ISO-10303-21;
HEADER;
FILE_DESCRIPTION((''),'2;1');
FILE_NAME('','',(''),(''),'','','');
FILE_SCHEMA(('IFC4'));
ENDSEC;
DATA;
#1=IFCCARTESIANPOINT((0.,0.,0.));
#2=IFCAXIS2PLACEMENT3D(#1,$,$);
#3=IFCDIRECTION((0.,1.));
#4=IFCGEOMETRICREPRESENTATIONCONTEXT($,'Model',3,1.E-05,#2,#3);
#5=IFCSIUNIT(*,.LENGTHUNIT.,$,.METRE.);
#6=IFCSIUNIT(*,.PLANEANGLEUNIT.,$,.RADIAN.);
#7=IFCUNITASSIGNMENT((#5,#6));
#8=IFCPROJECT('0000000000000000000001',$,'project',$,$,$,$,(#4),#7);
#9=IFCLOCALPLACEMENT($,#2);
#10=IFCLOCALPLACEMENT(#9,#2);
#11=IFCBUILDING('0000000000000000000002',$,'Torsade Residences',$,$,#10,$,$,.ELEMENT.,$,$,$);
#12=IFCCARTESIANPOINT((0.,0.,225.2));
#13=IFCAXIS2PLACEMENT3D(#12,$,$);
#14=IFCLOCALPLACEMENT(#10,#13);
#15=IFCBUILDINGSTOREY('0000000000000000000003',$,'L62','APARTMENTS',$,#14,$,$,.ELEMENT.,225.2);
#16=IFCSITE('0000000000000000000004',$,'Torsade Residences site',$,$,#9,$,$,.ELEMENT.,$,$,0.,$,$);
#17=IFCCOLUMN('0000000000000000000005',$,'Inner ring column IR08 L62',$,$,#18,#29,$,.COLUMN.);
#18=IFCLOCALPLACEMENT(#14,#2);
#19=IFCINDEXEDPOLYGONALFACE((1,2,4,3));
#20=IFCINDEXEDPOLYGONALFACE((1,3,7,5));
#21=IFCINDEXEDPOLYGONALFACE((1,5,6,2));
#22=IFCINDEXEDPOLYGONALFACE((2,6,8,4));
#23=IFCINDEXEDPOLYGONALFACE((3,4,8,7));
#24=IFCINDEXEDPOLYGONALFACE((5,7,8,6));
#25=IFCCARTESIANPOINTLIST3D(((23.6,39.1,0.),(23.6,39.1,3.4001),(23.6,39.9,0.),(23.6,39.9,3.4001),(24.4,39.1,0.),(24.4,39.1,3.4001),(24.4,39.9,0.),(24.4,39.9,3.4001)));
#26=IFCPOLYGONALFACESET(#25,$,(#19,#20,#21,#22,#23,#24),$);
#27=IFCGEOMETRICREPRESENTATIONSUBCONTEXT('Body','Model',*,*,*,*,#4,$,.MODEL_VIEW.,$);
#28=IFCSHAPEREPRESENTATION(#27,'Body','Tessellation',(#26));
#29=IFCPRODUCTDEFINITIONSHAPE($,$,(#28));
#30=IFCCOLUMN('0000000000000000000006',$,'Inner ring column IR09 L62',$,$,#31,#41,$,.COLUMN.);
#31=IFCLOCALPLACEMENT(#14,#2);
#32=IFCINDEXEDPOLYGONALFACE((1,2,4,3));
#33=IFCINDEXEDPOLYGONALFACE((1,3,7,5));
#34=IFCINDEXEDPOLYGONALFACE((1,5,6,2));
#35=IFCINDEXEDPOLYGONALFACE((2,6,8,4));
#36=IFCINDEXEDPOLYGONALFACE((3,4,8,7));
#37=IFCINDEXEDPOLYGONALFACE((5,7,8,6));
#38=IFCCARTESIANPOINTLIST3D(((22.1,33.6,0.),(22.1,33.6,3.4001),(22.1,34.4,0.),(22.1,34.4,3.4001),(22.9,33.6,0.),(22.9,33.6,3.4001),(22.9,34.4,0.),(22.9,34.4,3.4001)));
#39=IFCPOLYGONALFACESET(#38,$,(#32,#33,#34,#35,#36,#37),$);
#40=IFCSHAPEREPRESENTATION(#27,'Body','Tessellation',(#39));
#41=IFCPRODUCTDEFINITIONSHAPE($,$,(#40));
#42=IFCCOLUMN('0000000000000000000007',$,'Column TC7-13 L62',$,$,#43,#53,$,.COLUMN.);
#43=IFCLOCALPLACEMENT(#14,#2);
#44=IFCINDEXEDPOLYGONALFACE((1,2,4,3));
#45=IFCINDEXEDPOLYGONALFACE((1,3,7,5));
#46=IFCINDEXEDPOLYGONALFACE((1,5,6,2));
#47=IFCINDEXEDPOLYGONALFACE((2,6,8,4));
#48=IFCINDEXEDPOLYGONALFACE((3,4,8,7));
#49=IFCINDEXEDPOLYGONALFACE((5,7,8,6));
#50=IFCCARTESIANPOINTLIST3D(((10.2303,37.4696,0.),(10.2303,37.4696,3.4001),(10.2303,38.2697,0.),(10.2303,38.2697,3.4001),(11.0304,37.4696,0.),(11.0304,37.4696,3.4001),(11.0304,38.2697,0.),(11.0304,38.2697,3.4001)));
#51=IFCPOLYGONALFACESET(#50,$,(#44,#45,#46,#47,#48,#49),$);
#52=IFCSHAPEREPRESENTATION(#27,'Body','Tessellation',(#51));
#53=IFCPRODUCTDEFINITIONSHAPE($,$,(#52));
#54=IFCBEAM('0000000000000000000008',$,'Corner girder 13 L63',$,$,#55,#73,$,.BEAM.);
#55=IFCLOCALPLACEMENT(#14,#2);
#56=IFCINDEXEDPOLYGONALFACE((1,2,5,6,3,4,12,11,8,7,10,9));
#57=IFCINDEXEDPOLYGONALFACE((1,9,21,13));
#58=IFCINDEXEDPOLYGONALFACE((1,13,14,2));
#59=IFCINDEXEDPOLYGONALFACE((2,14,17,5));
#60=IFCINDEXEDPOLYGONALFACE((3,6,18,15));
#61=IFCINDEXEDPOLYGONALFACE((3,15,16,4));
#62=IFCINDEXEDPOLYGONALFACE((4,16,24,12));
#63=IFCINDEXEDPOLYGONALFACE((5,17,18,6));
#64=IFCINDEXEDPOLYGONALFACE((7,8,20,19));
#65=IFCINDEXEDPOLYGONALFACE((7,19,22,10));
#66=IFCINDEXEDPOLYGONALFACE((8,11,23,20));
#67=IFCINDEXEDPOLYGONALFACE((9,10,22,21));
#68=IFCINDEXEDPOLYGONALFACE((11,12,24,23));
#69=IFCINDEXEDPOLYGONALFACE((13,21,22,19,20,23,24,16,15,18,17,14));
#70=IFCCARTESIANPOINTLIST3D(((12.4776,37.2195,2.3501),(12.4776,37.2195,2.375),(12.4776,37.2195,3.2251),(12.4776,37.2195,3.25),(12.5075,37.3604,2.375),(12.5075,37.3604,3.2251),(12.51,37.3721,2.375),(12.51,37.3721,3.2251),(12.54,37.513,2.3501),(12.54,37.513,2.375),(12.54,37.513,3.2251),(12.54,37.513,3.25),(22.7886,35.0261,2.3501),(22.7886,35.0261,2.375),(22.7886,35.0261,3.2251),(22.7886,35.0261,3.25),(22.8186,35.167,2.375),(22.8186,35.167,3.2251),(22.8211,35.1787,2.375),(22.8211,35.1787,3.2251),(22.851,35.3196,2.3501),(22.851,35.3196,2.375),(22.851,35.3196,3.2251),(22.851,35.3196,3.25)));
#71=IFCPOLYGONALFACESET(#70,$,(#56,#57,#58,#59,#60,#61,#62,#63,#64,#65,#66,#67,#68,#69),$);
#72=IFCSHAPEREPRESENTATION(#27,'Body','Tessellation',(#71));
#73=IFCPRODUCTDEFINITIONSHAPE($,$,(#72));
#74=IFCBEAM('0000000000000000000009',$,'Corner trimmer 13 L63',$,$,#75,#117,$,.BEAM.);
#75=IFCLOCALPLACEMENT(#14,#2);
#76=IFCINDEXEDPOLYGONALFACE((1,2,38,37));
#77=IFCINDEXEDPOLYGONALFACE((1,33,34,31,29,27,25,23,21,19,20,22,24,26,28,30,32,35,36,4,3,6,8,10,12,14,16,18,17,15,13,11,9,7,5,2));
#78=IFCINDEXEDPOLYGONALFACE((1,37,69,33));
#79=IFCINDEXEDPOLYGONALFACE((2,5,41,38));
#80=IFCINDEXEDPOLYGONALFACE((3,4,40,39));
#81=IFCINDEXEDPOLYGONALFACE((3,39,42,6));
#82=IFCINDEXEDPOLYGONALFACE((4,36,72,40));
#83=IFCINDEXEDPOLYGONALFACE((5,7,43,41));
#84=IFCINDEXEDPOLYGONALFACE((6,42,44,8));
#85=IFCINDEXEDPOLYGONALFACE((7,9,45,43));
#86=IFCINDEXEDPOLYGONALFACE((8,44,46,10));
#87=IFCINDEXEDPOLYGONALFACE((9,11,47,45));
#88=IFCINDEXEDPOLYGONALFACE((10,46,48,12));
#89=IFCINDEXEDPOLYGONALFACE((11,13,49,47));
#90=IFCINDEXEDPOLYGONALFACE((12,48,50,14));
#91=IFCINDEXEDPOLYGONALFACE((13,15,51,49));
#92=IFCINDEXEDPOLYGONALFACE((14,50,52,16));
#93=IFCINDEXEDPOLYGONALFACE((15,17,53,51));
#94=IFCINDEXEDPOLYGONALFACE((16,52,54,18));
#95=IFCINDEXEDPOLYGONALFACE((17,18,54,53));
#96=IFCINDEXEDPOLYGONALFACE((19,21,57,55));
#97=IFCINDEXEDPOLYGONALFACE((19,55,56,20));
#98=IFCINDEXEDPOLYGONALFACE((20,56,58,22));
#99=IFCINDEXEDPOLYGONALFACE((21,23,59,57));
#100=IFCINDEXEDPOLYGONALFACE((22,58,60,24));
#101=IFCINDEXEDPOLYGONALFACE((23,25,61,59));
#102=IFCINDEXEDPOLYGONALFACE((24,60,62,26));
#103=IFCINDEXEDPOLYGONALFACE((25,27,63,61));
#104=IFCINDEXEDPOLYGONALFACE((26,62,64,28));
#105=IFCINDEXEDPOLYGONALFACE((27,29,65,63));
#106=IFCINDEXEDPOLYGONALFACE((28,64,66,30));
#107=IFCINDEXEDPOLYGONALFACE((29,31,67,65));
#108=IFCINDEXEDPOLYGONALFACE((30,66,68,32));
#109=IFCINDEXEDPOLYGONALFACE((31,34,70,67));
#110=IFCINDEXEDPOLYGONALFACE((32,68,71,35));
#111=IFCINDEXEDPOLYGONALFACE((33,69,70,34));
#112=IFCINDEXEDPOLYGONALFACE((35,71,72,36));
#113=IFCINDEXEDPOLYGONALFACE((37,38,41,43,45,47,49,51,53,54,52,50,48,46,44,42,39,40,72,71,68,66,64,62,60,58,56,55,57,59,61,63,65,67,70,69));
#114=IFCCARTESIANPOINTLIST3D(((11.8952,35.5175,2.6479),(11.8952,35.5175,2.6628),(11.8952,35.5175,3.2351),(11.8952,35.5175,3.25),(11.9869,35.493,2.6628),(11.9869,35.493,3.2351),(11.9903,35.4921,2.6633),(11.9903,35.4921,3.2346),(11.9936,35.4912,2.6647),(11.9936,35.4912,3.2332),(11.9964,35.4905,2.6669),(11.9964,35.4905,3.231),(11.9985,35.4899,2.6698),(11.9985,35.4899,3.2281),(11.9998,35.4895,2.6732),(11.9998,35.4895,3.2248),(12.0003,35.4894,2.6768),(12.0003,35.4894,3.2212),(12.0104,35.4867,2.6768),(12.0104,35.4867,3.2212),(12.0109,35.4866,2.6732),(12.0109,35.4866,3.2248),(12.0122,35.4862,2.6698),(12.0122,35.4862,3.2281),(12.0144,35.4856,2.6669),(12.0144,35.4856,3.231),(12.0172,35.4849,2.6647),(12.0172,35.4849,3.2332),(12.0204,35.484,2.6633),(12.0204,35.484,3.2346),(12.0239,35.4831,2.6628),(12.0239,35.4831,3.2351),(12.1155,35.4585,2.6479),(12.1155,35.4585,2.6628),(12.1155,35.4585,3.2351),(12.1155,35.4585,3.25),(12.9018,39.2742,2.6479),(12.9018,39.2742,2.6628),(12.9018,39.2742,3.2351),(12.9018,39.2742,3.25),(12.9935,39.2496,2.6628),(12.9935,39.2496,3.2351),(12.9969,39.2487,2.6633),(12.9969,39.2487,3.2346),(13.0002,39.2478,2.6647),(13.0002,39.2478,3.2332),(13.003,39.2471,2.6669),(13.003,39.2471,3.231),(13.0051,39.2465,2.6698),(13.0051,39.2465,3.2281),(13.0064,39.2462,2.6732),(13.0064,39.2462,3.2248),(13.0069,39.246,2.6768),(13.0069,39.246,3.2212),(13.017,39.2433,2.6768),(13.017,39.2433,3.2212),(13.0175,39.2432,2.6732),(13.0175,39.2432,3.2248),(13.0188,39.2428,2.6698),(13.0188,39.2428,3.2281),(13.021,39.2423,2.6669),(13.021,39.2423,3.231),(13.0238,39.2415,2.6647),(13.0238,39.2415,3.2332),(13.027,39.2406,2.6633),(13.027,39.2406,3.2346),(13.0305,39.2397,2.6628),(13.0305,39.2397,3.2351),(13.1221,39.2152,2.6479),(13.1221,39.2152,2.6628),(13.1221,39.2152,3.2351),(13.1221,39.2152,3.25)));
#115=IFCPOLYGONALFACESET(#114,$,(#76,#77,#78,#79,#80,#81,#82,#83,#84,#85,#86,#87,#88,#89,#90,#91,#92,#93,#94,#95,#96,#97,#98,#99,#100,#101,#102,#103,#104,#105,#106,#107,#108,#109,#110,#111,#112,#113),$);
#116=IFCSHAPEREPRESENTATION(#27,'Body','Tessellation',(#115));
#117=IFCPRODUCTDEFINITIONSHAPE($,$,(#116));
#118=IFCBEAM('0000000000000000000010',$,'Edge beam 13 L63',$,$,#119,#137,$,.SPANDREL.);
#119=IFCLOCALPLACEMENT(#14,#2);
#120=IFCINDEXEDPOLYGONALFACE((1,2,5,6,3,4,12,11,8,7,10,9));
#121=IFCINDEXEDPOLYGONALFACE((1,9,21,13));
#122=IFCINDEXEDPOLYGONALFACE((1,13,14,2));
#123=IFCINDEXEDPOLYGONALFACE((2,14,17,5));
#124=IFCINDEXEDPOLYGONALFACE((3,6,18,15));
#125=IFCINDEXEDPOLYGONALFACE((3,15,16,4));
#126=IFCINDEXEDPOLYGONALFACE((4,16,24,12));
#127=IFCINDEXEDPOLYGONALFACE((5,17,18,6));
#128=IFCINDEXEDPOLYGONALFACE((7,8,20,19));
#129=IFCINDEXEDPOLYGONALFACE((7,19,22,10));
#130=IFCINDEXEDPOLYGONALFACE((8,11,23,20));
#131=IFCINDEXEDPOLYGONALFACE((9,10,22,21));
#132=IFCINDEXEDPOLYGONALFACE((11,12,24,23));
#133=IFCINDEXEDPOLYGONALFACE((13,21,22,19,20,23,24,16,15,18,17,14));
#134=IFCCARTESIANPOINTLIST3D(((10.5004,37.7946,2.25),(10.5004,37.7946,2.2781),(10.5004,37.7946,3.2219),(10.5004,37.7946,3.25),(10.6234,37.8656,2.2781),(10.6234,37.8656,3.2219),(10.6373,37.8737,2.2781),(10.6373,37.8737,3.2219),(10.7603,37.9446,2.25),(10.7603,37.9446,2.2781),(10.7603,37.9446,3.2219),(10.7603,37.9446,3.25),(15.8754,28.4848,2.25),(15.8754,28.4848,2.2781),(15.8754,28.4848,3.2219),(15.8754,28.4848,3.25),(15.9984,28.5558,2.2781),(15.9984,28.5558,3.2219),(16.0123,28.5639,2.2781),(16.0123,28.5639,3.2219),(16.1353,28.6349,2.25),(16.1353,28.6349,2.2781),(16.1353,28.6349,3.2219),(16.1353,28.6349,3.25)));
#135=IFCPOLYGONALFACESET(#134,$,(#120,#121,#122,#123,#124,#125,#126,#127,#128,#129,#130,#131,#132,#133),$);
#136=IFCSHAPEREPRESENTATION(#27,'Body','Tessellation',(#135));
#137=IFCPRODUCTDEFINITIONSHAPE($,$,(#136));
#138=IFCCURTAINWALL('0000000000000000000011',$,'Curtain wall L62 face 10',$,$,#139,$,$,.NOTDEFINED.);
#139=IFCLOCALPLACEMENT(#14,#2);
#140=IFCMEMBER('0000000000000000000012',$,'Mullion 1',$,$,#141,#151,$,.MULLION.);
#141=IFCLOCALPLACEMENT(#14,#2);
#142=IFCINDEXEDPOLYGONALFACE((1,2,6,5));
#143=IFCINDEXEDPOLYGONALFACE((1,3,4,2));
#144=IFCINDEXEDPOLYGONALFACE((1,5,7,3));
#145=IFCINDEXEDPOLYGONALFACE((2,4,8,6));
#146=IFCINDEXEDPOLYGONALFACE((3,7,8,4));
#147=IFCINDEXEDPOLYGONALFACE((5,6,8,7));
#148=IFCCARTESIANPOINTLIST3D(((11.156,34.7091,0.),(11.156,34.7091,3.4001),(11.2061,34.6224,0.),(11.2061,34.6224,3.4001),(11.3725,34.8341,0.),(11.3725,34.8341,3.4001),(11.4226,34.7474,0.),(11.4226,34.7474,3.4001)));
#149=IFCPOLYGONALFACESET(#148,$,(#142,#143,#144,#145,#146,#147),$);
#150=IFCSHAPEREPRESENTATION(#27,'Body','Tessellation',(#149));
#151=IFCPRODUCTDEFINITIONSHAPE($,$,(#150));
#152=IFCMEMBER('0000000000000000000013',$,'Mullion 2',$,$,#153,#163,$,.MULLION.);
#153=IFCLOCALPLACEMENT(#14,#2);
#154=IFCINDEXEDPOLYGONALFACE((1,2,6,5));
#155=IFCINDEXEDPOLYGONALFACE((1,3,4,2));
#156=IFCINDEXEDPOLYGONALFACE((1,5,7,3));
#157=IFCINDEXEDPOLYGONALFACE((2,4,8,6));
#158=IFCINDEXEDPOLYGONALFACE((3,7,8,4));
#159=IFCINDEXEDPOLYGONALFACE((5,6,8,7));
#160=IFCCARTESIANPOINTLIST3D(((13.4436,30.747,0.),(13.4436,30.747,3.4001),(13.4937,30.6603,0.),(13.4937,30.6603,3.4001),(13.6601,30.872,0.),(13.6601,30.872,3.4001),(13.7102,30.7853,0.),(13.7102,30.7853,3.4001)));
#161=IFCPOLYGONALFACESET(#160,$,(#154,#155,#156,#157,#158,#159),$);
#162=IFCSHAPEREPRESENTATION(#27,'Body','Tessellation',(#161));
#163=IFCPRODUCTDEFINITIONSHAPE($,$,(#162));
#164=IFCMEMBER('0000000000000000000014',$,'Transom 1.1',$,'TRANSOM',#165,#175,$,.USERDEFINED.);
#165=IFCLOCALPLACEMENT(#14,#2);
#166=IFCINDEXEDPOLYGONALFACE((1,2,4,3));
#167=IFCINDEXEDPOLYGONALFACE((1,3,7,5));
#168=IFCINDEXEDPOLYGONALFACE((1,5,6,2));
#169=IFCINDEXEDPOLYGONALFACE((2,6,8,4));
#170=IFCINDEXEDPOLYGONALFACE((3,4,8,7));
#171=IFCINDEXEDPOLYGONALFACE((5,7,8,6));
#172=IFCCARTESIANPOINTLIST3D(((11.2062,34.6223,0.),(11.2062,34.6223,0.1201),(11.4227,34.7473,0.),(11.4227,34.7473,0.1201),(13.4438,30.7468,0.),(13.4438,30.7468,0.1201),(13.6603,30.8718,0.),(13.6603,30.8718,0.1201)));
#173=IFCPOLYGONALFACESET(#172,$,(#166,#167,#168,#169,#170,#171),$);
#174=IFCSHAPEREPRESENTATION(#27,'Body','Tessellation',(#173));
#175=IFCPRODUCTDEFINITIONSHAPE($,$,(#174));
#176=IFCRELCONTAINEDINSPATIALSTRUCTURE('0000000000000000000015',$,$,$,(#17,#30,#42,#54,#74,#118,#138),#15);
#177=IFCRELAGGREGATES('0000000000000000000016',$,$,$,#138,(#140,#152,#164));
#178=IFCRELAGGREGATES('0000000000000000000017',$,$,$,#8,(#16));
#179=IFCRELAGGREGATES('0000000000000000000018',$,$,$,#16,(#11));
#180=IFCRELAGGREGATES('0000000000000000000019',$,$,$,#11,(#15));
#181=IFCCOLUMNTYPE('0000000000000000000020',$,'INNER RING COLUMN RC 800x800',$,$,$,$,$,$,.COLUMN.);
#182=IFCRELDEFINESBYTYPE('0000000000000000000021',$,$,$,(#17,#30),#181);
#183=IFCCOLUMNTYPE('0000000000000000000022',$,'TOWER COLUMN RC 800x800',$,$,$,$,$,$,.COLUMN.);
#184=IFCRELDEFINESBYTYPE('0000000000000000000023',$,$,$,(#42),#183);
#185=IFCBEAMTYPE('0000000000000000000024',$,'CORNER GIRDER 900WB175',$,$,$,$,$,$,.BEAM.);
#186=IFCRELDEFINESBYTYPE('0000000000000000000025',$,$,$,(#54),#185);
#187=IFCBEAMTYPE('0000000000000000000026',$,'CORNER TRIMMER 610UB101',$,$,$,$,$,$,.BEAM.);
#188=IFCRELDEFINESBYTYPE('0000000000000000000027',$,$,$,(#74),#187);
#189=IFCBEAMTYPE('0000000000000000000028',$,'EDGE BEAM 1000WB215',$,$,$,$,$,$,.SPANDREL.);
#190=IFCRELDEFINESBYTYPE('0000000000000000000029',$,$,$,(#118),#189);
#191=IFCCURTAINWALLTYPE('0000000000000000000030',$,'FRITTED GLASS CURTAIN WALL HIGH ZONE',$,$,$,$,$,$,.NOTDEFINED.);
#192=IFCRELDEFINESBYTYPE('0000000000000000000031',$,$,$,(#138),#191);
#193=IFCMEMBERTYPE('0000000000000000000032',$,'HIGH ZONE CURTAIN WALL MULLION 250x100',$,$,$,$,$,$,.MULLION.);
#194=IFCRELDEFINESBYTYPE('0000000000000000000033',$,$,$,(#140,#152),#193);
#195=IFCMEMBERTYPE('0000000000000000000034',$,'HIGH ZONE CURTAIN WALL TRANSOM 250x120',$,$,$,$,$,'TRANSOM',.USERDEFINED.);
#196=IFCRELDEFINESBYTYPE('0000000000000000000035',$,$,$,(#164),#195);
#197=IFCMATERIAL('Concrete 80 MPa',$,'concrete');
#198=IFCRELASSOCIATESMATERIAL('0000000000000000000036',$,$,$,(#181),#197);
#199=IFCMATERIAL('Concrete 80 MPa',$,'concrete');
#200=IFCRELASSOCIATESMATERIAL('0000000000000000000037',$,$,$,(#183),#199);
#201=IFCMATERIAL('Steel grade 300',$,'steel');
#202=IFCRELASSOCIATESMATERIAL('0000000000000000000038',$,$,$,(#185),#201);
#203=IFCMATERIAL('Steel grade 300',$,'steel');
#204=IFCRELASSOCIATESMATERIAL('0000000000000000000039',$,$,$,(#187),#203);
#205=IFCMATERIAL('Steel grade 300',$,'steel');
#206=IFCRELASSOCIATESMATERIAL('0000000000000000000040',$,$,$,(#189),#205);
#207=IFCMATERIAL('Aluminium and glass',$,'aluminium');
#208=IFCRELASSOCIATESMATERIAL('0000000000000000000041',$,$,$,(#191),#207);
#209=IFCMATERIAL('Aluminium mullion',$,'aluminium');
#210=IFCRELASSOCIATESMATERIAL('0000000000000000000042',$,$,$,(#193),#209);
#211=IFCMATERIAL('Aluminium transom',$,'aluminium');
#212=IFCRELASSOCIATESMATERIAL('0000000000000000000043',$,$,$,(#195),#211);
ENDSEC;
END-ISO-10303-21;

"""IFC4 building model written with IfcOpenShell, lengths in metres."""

from ifc_helpers import new_model, si_unit, direction, frame, origin, origin_2d, place, context, subcontext, project, spatial, rectangle, i_section, extrude, material, material_profile, profile_set, type_object, element, aggregate, save


model = new_model("IFC4")

# Units and contexts
model_context = context("Model", 3, precision=1e-05, world=origin(), true_north=direction((0.0, 1.0)))
body_context = subcontext(model_context, "Body", "Model", "MODEL_VIEW")
ifc_project = project(units=[si_unit("LENGTHUNIT", "METRE"), si_unit("PLANEANGLEUNIT", "RADIAN")], contexts=[model_context])

# Site, building, storey
site_placement = place(None, origin())
site = spatial("IfcSite", under=ifc_project, at=site_placement, Name="Torsade Residences site", CompositionType="ELEMENT", RefElevation=0.0)
building_placement = place(site_placement, origin())
building = spatial("IfcBuilding", under=site, at=building_placement, Name="Torsade Residences", CompositionType="ELEMENT")
storey_placement = place(building_placement, frame((0.0, 0.0, 225.2)))
storey = spatial("IfcBuildingStorey", under=building, at=storey_placement, Name="L62", Description="APARTMENTS", CompositionType="ELEMENT", Elevation=225.2)

# Columns
ifc_material_1 = material(Name="Concrete 80 MPa", Category="concrete")
ifc_material_profile_1 = material_profile(ifc_material_1, rectangle(XDim=0.8, YDim=0.8, at=origin_2d()), Name="RC 800x800")
ifc_profile_set_1 = profile_set([ifc_material_profile_1], Name="Concrete 80 MPa")
column_type_1 = type_object("IfcColumnType", Name="INNER RING COLUMN RC 800x800", PredefinedType="COLUMN", material=ifc_profile_set_1)
for number, where, z_axis, x_axis, name in (
    (1, (24.0, 39.5, 0.0), (0.0, 0.0, 1.0), (1.0, 0.0, 0.0), "Inner ring column IR08 L62"),
    (2, (22.5, 34.0, 0.0), (0.0, 0.0, 1.0), (1.0, 0.0, 0.0), "Inner ring column IR09 L62"),
):
    element("IfcColumn", number, at=place(storey_placement, frame(where, z_axis=z_axis, x_axis=x_axis)), inside=storey, type_object=column_type_1, Name=name, PredefinedType="COLUMN", context=body_context, shape_type="SweptSolid", body=[
        extrude(rectangle(XDim=0.8, YDim=0.8, at=origin_2d()), origin(), (0.0, 0.0, 1.0), 3.4001),
    ])
ifc_material_2 = material(Name="Concrete 80 MPa", Category="concrete")
ifc_material_profile_2 = material_profile(ifc_material_2, rectangle(XDim=0.8, YDim=0.8, at=origin_2d()), Name="RC 800x800")
ifc_profile_set_2 = profile_set([ifc_material_profile_2], Name="Concrete 80 MPa")
column_type_2 = type_object("IfcColumnType", Name="TOWER COLUMN RC 800x800", PredefinedType="COLUMN", material=ifc_profile_set_2)
column_placement = place(storey_placement, frame((10.6304, 37.8696, 0.0), z_axis=(0.0, 0.0, 1.0), x_axis=(1.0, 0.0, 0.0)))
element("IfcColumn", 3, at=column_placement, inside=storey, type_object=column_type_2, Name="Column TC7-13 L62", PredefinedType="COLUMN", context=body_context, shape_type="SweptSolid", body=[
    extrude(rectangle(XDim=0.8, YDim=0.8, at=origin_2d()), origin(), (0.0, 0.0, 1.0), 3.4001),
])

# Beams
ifc_material_3 = material(Name="Steel grade 300", Category="steel")
ifc_material_profile_3 = material_profile(ifc_material_3, i_section(OverallWidth=0.3, OverallDepth=0.8999, WebThickness=0.012, FlangeThickness=0.0249, at=origin_2d()), Name="900WB175")
ifc_profile_set_3 = profile_set([ifc_material_profile_3], Name="Steel grade 300")
beam_type_1 = type_object("IfcBeamType", Name="CORNER GIRDER 900WB175", PredefinedType="BEAM", material=ifc_profile_set_3)
beam_1_placement = place(storey_placement, frame((12.5088, 37.3662, 2.8), z_axis=(0.978115, -0.208064, 0.0), x_axis=(0.208064, 0.978115, 0.0)))
element("IfcBeam", 4, at=beam_1_placement, inside=storey, type_object=beam_type_1, Name="Corner girder 13 L63", PredefinedType="BEAM", context=body_context, shape_type="SweptSolid", body=[
    extrude(i_section(OverallWidth=0.3, OverallDepth=0.8999, WebThickness=0.012, FlangeThickness=0.0249, at=origin_2d()), origin(), (0.0, 0.0, 1.0), 10.5417),
])
ifc_material_4 = material(Name="Steel grade 300", Category="steel")
ifc_material_profile_4 = material_profile(ifc_material_4, i_section(OverallWidth=0.228, OverallDepth=0.6021, WebThickness=0.0105, FlangeThickness=0.0149, FilletRadius=0.0139, at=origin_2d()), Name="610UB101")
ifc_profile_set_4 = profile_set([ifc_material_profile_4], Name="Steel grade 300")
beam_type_2 = type_object("IfcBeamType", Name="CORNER TRIMMER 610UB101", PredefinedType="BEAM", material=ifc_profile_set_4)
beam_2_placement = place(storey_placement, frame((12.0054, 35.488, 2.949), z_axis=(0.258823, 0.965925, 0.0), x_axis=(-0.965925, 0.258823, 0.0)))
element("IfcBeam", 5, at=beam_2_placement, inside=storey, type_object=beam_type_2, Name="Corner trimmer 13 L63", PredefinedType="BEAM", context=body_context, shape_type="SweptSolid", body=[
    extrude(i_section(OverallWidth=0.228, OverallDepth=0.6021, WebThickness=0.0105, FlangeThickness=0.0149, FilletRadius=0.0139, at=origin_2d()), origin(), (0.0, 0.0, 1.0), 3.8892),
])
ifc_material_5 = material(Name="Steel grade 300", Category="steel")
ifc_material_profile_5 = material_profile(ifc_material_5, i_section(OverallWidth=0.3, OverallDepth=1.0, WebThickness=0.0161, FlangeThickness=0.0281, at=origin_2d()), Name="1000WB215")
ifc_profile_set_5 = profile_set([ifc_material_profile_5], Name="Steel grade 300")
beam_type_3 = type_object("IfcBeamType", Name="EDGE BEAM 1000WB215", PredefinedType="SPANDREL", material=ifc_profile_set_5)
beam_3_placement = place(storey_placement, frame((10.6304, 37.8696, 2.75), z_axis=(0.499998, -0.866026, 0.0), x_axis=(0.866026, 0.499998, 0.0)))
element("IfcBeam", 6, at=beam_3_placement, inside=storey, type_object=beam_type_3, Name="Edge beam 13 L63", PredefinedType="SPANDREL", context=body_context, shape_type="SweptSolid", body=[
    extrude(i_section(OverallWidth=0.3, OverallDepth=1.0, WebThickness=0.0161, FlangeThickness=0.0281, at=origin_2d()), origin(), (0.0, 0.0, 1.0), 10.75),
])

# Curtain wall, members
ifc_material_6 = material(Name="Aluminium and glass", Category="aluminium")
curtain_wall_type = type_object("IfcCurtainWallType", Name="FRITTED GLASS CURTAIN WALL HIGH ZONE", PredefinedType="NOTDEFINED", material=ifc_material_6)
curtain_wall_placement = place(storey_placement, origin())
curtain_wall = element("IfcCurtainWall", 7, at=curtain_wall_placement, inside=storey, type_object=curtain_wall_type, Name="Curtain wall L62 face 10", PredefinedType="NOTDEFINED")
ifc_material_7 = material(Name="Aluminium mullion", Category="aluminium")
ifc_material_profile_6 = material_profile(ifc_material_7, rectangle(XDim=0.25, YDim=0.1001, at=origin_2d()), Name="HIGH ZONE CURTAIN WALL MULLION 250x100")
ifc_profile_set_6 = profile_set([ifc_material_profile_6], Name="Aluminium mullion")
member_type_1 = type_object("IfcMemberType", Name="HIGH ZONE CURTAIN WALL MULLION 250x100", PredefinedType="MULLION", material=ifc_profile_set_6)
member_1_placement = place(storey_placement, frame((11.2893, 34.7283, 0.0), z_axis=(0.0, 0.0, 1.0), x_axis=(0.866025, 0.5, 0.0)))
member_1 = element("IfcMember", 8, at=member_1_placement, type_object=member_type_1, Name="Mullion 1", PredefinedType="MULLION", context=body_context, shape_type="SweptSolid", body=[
    extrude(rectangle(XDim=0.25, YDim=0.1001, at=origin_2d()), origin(), (0.0, 0.0, 1.0), 3.4001),
])
member_2_placement = place(storey_placement, frame((13.5769, 30.7661, 0.0), z_axis=(0.0, 0.0, 1.0), x_axis=(0.866025, 0.5, 0.0)))
member_2 = element("IfcMember", 9, at=member_2_placement, type_object=member_type_1, Name="Mullion 2", PredefinedType="MULLION", context=body_context, shape_type="SweptSolid", body=[
    extrude(rectangle(XDim=0.25, YDim=0.1001, at=origin_2d()), origin(), (0.0, 0.0, 1.0), 3.4001),
])
ifc_material_8 = material(Name="Aluminium transom", Category="aluminium")
ifc_material_profile_7 = material_profile(ifc_material_8, rectangle(XDim=0.25, YDim=0.1201, at=origin_2d()), Name="HIGH ZONE CURTAIN WALL TRANSOM 250x120")
ifc_profile_set_7 = profile_set([ifc_material_profile_7], Name="Aluminium transom")
member_type_2 = type_object("IfcMemberType", Name="HIGH ZONE CURTAIN WALL TRANSOM 250x120", ElementType="TRANSOM", PredefinedType="USERDEFINED", material=ifc_profile_set_7)
member_3_placement = place(storey_placement, frame((11.3145, 34.6848, 0.0601), z_axis=(0.500006, -0.866022, 0.0), x_axis=(0.866022, 0.500006, 0.0)))
member_3 = element("IfcMember", 10, at=member_3_placement, type_object=member_type_2, Name="Transom 1.1", ObjectType="TRANSOM", PredefinedType="USERDEFINED", context=body_context, shape_type="SweptSolid", body=[
    extrude(rectangle(XDim=0.25, YDim=0.1201, at=origin_2d()), origin(), (0.0, 0.0, 1.0), 4.4751),
])

aggregate(curtain_wall, [member_1, member_2, member_3])

save(model, "model.ifc")
